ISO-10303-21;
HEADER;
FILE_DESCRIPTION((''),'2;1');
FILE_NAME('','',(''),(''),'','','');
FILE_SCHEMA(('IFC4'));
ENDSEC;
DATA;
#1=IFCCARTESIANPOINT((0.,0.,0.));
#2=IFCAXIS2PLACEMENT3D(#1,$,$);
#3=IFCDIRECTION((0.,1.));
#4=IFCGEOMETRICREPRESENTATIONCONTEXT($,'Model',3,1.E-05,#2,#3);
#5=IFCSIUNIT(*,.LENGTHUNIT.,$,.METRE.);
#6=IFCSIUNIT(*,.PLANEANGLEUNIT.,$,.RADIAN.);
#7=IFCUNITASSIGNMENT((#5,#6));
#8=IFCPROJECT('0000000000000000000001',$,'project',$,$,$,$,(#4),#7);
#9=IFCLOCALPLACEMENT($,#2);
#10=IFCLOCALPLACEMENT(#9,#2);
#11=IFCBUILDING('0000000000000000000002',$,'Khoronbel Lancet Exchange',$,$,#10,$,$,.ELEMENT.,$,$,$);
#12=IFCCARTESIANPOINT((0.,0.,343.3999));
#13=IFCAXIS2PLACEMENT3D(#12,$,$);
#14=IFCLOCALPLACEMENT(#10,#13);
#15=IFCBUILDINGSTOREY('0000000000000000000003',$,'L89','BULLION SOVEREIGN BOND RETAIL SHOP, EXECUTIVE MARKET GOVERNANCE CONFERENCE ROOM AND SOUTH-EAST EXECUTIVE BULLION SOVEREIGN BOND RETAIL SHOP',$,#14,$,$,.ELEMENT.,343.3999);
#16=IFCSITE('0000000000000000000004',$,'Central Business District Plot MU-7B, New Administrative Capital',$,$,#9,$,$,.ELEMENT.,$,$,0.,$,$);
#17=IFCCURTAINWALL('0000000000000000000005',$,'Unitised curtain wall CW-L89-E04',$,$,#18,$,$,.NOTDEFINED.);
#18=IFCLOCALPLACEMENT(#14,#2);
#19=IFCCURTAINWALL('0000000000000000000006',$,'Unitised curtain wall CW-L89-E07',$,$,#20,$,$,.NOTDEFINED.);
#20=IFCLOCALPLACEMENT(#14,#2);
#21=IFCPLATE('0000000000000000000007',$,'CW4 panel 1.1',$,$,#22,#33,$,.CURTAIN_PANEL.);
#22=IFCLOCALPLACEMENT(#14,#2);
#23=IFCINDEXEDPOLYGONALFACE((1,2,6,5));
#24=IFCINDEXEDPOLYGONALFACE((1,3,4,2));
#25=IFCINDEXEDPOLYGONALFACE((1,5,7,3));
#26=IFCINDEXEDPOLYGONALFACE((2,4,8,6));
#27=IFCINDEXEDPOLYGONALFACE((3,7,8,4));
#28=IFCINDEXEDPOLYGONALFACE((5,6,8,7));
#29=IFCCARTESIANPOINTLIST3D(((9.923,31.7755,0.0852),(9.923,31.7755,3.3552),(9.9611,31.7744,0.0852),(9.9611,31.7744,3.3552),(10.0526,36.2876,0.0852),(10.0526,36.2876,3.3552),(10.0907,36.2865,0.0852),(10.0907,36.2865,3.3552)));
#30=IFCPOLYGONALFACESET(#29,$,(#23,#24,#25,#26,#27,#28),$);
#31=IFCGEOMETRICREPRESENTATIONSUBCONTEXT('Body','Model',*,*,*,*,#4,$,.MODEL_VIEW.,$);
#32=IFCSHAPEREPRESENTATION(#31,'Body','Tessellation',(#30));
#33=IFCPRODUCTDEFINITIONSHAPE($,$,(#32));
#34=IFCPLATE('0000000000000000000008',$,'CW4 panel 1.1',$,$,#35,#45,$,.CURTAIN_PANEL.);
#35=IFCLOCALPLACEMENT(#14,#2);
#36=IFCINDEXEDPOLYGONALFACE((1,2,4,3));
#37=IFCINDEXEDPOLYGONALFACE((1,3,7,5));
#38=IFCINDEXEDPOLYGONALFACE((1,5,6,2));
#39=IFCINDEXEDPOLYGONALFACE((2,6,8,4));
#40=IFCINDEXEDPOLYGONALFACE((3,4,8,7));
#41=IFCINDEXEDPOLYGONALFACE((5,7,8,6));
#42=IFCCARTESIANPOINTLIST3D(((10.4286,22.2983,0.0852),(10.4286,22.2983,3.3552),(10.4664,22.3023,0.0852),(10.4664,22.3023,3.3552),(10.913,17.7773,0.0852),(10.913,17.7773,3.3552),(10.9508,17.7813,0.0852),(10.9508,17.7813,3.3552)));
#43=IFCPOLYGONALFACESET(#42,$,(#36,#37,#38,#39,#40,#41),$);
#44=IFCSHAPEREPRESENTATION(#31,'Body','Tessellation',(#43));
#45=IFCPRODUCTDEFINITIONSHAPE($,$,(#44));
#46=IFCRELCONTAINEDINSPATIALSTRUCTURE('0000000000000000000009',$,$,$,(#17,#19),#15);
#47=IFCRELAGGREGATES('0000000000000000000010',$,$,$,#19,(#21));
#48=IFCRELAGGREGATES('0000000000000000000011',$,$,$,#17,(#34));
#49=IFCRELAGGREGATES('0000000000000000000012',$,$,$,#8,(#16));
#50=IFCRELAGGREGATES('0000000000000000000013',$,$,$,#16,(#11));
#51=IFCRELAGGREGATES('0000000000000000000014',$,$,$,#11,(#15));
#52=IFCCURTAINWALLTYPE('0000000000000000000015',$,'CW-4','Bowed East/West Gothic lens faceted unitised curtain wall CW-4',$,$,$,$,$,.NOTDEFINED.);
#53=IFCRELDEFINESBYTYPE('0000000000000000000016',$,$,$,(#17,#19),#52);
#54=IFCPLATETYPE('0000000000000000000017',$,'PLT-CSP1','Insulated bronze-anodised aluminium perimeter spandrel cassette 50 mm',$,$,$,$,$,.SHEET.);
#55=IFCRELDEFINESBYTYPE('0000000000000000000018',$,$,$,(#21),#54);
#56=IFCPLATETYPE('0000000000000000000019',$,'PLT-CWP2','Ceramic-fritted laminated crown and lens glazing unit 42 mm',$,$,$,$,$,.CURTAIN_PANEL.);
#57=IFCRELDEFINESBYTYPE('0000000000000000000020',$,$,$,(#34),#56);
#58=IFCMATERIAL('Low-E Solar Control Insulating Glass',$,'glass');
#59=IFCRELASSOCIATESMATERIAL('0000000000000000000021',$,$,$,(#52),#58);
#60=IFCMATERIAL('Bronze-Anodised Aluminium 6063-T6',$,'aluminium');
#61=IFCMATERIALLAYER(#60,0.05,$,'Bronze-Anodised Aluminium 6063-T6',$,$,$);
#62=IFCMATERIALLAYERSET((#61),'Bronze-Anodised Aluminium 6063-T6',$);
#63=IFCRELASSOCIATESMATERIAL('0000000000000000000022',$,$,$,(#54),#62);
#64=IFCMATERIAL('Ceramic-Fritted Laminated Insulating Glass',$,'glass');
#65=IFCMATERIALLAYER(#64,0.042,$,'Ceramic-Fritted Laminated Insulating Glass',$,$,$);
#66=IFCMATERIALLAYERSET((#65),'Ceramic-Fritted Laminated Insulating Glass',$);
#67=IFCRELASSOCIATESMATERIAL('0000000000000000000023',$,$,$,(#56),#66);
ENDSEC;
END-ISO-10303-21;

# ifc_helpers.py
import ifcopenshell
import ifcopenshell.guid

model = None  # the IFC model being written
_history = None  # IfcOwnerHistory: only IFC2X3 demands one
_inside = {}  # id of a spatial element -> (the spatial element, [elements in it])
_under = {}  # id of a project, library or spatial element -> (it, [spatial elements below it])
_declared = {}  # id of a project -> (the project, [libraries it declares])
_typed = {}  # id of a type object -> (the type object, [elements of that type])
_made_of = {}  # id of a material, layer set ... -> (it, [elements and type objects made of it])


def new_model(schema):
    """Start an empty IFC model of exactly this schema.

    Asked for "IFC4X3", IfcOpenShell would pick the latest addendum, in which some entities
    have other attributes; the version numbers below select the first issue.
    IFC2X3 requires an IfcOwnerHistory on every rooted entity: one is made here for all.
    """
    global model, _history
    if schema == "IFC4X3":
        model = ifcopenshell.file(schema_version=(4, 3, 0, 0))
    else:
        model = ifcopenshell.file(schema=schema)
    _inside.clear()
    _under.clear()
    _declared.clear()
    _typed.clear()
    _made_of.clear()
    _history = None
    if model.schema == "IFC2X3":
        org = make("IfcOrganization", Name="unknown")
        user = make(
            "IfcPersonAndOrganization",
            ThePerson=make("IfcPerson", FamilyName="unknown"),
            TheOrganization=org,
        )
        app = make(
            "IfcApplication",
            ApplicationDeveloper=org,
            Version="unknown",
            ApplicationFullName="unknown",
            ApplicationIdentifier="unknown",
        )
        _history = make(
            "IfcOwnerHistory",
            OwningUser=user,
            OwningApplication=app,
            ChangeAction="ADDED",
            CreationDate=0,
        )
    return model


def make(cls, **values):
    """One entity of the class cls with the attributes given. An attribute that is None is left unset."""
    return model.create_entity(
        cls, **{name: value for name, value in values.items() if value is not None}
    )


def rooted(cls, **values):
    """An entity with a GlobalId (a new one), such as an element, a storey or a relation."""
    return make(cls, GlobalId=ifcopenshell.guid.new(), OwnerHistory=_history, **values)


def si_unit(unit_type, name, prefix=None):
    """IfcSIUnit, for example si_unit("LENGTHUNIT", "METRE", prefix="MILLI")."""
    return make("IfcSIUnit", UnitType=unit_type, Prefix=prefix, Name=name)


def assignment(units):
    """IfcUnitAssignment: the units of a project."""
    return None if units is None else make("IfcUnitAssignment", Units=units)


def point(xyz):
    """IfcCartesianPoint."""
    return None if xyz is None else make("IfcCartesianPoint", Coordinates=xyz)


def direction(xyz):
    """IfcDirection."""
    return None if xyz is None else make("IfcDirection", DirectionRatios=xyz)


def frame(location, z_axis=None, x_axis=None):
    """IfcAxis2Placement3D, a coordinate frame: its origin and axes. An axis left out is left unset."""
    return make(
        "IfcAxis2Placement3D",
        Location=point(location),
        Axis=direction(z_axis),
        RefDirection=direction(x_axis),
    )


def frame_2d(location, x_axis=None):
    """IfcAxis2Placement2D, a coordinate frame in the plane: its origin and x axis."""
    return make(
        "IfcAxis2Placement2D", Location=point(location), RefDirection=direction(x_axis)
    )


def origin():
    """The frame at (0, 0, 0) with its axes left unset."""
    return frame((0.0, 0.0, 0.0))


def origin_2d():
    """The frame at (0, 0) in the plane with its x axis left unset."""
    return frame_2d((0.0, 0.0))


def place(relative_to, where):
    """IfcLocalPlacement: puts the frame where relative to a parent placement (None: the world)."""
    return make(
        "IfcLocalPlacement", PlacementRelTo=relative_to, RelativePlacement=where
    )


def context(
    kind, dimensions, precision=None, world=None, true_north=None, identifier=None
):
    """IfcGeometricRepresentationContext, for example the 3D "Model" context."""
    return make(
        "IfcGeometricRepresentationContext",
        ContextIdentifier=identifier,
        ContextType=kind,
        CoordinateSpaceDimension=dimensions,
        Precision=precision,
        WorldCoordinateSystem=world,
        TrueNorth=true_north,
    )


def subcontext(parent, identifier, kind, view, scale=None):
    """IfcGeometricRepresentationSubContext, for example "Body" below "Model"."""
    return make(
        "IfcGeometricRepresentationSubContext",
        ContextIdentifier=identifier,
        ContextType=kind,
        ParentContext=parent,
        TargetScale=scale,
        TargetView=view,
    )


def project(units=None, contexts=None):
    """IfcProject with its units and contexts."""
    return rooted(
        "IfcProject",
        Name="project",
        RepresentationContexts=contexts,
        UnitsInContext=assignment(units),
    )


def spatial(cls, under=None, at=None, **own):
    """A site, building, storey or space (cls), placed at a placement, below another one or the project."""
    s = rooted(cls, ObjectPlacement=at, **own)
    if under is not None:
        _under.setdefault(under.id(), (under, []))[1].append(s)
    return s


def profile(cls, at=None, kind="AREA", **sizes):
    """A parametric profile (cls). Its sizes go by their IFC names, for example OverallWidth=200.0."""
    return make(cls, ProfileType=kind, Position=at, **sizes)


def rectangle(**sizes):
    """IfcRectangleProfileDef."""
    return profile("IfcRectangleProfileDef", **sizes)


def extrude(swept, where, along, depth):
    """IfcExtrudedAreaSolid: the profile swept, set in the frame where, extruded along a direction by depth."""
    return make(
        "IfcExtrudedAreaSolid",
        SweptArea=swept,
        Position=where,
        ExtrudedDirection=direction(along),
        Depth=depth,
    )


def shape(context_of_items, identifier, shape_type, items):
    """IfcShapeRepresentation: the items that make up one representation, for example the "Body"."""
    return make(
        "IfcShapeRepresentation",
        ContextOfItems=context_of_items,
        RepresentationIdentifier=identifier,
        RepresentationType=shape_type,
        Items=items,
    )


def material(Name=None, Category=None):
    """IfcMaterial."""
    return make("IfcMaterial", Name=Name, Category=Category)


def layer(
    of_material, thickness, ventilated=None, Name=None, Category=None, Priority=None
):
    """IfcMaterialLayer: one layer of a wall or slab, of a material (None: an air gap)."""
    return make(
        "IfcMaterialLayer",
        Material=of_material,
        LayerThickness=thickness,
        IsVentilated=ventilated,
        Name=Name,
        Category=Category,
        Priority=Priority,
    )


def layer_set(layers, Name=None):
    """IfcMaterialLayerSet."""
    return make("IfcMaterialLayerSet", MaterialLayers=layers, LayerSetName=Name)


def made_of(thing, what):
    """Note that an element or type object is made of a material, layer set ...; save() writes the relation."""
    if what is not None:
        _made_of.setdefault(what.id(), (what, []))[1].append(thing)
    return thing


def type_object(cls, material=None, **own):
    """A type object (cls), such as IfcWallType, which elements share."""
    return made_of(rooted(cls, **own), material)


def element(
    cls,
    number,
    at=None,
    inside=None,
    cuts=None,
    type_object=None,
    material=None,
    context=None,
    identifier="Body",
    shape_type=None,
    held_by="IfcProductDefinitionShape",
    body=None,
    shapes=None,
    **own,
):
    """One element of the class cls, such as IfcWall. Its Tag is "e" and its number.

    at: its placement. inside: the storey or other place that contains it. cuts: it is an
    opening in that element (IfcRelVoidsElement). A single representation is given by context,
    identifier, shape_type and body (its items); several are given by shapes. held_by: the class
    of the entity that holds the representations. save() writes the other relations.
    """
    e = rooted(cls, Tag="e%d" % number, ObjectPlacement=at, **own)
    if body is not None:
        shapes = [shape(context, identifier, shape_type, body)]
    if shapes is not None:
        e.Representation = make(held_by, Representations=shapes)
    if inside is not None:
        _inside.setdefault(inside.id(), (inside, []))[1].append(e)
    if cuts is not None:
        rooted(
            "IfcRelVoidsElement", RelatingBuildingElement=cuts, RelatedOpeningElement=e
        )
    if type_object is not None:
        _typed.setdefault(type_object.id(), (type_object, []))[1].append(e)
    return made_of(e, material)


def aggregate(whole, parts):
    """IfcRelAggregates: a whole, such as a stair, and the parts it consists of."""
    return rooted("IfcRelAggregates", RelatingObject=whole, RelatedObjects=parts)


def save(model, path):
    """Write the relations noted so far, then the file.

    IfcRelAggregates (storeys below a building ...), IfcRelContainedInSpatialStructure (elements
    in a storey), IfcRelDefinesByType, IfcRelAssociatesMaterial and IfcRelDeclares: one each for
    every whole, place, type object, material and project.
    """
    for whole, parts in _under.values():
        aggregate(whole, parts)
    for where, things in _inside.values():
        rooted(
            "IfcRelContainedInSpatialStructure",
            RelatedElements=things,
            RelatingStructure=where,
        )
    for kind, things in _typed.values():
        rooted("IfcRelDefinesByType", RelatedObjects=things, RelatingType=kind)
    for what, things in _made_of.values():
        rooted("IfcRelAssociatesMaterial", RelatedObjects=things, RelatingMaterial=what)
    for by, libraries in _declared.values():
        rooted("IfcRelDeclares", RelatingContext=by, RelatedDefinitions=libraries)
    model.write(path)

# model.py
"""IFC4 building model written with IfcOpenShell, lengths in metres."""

from ifc_helpers import new_model, si_unit, direction, frame, origin, origin_2d, place, context, subcontext, project, spatial, rectangle, extrude, material, layer, layer_set, type_object, element, aggregate, save


model = new_model("IFC4")

# Units and contexts
model_context = context("Model", 3, precision=1e-05, world=origin(), true_north=direction((0.0, 1.0)))
body_context = subcontext(model_context, "Body", "Model", "MODEL_VIEW")
ifc_project = project(units=[si_unit("LENGTHUNIT", "METRE"), si_unit("PLANEANGLEUNIT", "RADIAN")], contexts=[model_context])

# Site, building, storey
site_placement = place(None, origin())
site = spatial("IfcSite", under=ifc_project, at=site_placement, Name="Central Business District Plot MU-7B, New Administrative Capital", CompositionType="ELEMENT", RefElevation=0.0)
building_placement = place(site_placement, origin())
building = spatial("IfcBuilding", under=site, at=building_placement, Name="Khoronbel Lancet Exchange", CompositionType="ELEMENT")
storey_placement = place(building_placement, frame((0.0, 0.0, 343.3999)))
storey = spatial("IfcBuildingStorey", under=building, at=storey_placement, Name="L89", Description="BULLION SOVEREIGN BOND RETAIL SHOP, EXECUTIVE MARKET GOVERNANCE CONFERENCE ROOM AND SOUTH-EAST EXECUTIVE BULLION SOVEREIGN BOND RETAIL SHOP", CompositionType="ELEMENT", Elevation=343.3999)

# Curtain wall
ifc_material_1 = material(Name="Low-E Solar Control Insulating Glass", Category="glass")
curtain_wall_type = type_object("IfcCurtainWallType", Name="CW-4", Description="Bowed East/West Gothic lens faceted unitised curtain wall CW-4", PredefinedType="NOTDEFINED", material=ifc_material_1)
curtain_wall_1_placement = place(storey_placement, origin())
curtain_wall_1 = element("IfcCurtainWall", 1, at=curtain_wall_1_placement, inside=storey, type_object=curtain_wall_type, Name="Unitised curtain wall CW-L89-E04", PredefinedType="NOTDEFINED")
ifc_material_2 = material(Name="Bronze-Anodised Aluminium 6063-T6", Category="aluminium")

# Curtain wall
curtain_wall_2_placement = place(storey_placement, origin())
curtain_wall_2 = element("IfcCurtainWall", 2, at=curtain_wall_2_placement, inside=storey, type_object=curtain_wall_type, Name="Unitised curtain wall CW-L89-E07", PredefinedType="NOTDEFINED")

# Plates
ifc_layer_1 = layer(ifc_material_2, 0.05, Name="Bronze-Anodised Aluminium 6063-T6")
ifc_layer_set_1 = layer_set([ifc_layer_1], Name="Bronze-Anodised Aluminium 6063-T6")
plate_type_1 = type_object("IfcPlateType", Name="PLT-CSP1", Description="Insulated bronze-anodised aluminium perimeter spandrel cassette 50 mm", PredefinedType="SHEET", material=ifc_layer_set_1)
plate_1_placement = place(storey_placement, frame((10.0068, 34.031, 0.0852), z_axis=(0.0, 0.0, 1.0), x_axis=(0.02871, 0.999588, 0.0)))
plate_1 = element("IfcPlate", 3, at=plate_1_placement, type_object=plate_type_1, Name="CW4 panel 1.1", PredefinedType="CURTAIN_PANEL", context=body_context, shape_type="SweptSolid", body=[
    extrude(rectangle(XDim=4.5139, YDim=0.0381, at=origin_2d()), origin(), (0.0, 0.0, 1.0), 3.27),
])
aggregate(curtain_wall_2, [plate_1])
ifc_material_3 = material(Name="Ceramic-Fritted Laminated Insulating Glass", Category="glass")
ifc_layer_2 = layer(ifc_material_3, 0.042, Name="Ceramic-Fritted Laminated Insulating Glass")
ifc_layer_set_2 = layer_set([ifc_layer_2], Name="Ceramic-Fritted Laminated Insulating Glass")
plate_type_2 = type_object("IfcPlateType", Name="PLT-CWP2", Description="Ceramic-fritted laminated crown and lens glazing unit 42 mm", PredefinedType="CURTAIN_PANEL", material=ifc_layer_set_2)
plate_2_placement = place(storey_placement, frame((10.6897, 20.0398, 0.0852), z_axis=(0.0, 0.0, 1.0), x_axis=(-0.106538, 0.994309, 0.0)))
plate_2 = element("IfcPlate", 4, at=plate_2_placement, type_object=plate_type_2, Name="CW4 panel 1.1", PredefinedType="CURTAIN_PANEL", context=body_context, shape_type="SweptSolid", body=[
    extrude(rectangle(XDim=4.5469, YDim=0.0381, at=origin_2d()), origin(), (0.0, 0.0, 1.0), 3.27),
])
aggregate(curtain_wall_1, [plate_2])

save(model, "model.ifc")
